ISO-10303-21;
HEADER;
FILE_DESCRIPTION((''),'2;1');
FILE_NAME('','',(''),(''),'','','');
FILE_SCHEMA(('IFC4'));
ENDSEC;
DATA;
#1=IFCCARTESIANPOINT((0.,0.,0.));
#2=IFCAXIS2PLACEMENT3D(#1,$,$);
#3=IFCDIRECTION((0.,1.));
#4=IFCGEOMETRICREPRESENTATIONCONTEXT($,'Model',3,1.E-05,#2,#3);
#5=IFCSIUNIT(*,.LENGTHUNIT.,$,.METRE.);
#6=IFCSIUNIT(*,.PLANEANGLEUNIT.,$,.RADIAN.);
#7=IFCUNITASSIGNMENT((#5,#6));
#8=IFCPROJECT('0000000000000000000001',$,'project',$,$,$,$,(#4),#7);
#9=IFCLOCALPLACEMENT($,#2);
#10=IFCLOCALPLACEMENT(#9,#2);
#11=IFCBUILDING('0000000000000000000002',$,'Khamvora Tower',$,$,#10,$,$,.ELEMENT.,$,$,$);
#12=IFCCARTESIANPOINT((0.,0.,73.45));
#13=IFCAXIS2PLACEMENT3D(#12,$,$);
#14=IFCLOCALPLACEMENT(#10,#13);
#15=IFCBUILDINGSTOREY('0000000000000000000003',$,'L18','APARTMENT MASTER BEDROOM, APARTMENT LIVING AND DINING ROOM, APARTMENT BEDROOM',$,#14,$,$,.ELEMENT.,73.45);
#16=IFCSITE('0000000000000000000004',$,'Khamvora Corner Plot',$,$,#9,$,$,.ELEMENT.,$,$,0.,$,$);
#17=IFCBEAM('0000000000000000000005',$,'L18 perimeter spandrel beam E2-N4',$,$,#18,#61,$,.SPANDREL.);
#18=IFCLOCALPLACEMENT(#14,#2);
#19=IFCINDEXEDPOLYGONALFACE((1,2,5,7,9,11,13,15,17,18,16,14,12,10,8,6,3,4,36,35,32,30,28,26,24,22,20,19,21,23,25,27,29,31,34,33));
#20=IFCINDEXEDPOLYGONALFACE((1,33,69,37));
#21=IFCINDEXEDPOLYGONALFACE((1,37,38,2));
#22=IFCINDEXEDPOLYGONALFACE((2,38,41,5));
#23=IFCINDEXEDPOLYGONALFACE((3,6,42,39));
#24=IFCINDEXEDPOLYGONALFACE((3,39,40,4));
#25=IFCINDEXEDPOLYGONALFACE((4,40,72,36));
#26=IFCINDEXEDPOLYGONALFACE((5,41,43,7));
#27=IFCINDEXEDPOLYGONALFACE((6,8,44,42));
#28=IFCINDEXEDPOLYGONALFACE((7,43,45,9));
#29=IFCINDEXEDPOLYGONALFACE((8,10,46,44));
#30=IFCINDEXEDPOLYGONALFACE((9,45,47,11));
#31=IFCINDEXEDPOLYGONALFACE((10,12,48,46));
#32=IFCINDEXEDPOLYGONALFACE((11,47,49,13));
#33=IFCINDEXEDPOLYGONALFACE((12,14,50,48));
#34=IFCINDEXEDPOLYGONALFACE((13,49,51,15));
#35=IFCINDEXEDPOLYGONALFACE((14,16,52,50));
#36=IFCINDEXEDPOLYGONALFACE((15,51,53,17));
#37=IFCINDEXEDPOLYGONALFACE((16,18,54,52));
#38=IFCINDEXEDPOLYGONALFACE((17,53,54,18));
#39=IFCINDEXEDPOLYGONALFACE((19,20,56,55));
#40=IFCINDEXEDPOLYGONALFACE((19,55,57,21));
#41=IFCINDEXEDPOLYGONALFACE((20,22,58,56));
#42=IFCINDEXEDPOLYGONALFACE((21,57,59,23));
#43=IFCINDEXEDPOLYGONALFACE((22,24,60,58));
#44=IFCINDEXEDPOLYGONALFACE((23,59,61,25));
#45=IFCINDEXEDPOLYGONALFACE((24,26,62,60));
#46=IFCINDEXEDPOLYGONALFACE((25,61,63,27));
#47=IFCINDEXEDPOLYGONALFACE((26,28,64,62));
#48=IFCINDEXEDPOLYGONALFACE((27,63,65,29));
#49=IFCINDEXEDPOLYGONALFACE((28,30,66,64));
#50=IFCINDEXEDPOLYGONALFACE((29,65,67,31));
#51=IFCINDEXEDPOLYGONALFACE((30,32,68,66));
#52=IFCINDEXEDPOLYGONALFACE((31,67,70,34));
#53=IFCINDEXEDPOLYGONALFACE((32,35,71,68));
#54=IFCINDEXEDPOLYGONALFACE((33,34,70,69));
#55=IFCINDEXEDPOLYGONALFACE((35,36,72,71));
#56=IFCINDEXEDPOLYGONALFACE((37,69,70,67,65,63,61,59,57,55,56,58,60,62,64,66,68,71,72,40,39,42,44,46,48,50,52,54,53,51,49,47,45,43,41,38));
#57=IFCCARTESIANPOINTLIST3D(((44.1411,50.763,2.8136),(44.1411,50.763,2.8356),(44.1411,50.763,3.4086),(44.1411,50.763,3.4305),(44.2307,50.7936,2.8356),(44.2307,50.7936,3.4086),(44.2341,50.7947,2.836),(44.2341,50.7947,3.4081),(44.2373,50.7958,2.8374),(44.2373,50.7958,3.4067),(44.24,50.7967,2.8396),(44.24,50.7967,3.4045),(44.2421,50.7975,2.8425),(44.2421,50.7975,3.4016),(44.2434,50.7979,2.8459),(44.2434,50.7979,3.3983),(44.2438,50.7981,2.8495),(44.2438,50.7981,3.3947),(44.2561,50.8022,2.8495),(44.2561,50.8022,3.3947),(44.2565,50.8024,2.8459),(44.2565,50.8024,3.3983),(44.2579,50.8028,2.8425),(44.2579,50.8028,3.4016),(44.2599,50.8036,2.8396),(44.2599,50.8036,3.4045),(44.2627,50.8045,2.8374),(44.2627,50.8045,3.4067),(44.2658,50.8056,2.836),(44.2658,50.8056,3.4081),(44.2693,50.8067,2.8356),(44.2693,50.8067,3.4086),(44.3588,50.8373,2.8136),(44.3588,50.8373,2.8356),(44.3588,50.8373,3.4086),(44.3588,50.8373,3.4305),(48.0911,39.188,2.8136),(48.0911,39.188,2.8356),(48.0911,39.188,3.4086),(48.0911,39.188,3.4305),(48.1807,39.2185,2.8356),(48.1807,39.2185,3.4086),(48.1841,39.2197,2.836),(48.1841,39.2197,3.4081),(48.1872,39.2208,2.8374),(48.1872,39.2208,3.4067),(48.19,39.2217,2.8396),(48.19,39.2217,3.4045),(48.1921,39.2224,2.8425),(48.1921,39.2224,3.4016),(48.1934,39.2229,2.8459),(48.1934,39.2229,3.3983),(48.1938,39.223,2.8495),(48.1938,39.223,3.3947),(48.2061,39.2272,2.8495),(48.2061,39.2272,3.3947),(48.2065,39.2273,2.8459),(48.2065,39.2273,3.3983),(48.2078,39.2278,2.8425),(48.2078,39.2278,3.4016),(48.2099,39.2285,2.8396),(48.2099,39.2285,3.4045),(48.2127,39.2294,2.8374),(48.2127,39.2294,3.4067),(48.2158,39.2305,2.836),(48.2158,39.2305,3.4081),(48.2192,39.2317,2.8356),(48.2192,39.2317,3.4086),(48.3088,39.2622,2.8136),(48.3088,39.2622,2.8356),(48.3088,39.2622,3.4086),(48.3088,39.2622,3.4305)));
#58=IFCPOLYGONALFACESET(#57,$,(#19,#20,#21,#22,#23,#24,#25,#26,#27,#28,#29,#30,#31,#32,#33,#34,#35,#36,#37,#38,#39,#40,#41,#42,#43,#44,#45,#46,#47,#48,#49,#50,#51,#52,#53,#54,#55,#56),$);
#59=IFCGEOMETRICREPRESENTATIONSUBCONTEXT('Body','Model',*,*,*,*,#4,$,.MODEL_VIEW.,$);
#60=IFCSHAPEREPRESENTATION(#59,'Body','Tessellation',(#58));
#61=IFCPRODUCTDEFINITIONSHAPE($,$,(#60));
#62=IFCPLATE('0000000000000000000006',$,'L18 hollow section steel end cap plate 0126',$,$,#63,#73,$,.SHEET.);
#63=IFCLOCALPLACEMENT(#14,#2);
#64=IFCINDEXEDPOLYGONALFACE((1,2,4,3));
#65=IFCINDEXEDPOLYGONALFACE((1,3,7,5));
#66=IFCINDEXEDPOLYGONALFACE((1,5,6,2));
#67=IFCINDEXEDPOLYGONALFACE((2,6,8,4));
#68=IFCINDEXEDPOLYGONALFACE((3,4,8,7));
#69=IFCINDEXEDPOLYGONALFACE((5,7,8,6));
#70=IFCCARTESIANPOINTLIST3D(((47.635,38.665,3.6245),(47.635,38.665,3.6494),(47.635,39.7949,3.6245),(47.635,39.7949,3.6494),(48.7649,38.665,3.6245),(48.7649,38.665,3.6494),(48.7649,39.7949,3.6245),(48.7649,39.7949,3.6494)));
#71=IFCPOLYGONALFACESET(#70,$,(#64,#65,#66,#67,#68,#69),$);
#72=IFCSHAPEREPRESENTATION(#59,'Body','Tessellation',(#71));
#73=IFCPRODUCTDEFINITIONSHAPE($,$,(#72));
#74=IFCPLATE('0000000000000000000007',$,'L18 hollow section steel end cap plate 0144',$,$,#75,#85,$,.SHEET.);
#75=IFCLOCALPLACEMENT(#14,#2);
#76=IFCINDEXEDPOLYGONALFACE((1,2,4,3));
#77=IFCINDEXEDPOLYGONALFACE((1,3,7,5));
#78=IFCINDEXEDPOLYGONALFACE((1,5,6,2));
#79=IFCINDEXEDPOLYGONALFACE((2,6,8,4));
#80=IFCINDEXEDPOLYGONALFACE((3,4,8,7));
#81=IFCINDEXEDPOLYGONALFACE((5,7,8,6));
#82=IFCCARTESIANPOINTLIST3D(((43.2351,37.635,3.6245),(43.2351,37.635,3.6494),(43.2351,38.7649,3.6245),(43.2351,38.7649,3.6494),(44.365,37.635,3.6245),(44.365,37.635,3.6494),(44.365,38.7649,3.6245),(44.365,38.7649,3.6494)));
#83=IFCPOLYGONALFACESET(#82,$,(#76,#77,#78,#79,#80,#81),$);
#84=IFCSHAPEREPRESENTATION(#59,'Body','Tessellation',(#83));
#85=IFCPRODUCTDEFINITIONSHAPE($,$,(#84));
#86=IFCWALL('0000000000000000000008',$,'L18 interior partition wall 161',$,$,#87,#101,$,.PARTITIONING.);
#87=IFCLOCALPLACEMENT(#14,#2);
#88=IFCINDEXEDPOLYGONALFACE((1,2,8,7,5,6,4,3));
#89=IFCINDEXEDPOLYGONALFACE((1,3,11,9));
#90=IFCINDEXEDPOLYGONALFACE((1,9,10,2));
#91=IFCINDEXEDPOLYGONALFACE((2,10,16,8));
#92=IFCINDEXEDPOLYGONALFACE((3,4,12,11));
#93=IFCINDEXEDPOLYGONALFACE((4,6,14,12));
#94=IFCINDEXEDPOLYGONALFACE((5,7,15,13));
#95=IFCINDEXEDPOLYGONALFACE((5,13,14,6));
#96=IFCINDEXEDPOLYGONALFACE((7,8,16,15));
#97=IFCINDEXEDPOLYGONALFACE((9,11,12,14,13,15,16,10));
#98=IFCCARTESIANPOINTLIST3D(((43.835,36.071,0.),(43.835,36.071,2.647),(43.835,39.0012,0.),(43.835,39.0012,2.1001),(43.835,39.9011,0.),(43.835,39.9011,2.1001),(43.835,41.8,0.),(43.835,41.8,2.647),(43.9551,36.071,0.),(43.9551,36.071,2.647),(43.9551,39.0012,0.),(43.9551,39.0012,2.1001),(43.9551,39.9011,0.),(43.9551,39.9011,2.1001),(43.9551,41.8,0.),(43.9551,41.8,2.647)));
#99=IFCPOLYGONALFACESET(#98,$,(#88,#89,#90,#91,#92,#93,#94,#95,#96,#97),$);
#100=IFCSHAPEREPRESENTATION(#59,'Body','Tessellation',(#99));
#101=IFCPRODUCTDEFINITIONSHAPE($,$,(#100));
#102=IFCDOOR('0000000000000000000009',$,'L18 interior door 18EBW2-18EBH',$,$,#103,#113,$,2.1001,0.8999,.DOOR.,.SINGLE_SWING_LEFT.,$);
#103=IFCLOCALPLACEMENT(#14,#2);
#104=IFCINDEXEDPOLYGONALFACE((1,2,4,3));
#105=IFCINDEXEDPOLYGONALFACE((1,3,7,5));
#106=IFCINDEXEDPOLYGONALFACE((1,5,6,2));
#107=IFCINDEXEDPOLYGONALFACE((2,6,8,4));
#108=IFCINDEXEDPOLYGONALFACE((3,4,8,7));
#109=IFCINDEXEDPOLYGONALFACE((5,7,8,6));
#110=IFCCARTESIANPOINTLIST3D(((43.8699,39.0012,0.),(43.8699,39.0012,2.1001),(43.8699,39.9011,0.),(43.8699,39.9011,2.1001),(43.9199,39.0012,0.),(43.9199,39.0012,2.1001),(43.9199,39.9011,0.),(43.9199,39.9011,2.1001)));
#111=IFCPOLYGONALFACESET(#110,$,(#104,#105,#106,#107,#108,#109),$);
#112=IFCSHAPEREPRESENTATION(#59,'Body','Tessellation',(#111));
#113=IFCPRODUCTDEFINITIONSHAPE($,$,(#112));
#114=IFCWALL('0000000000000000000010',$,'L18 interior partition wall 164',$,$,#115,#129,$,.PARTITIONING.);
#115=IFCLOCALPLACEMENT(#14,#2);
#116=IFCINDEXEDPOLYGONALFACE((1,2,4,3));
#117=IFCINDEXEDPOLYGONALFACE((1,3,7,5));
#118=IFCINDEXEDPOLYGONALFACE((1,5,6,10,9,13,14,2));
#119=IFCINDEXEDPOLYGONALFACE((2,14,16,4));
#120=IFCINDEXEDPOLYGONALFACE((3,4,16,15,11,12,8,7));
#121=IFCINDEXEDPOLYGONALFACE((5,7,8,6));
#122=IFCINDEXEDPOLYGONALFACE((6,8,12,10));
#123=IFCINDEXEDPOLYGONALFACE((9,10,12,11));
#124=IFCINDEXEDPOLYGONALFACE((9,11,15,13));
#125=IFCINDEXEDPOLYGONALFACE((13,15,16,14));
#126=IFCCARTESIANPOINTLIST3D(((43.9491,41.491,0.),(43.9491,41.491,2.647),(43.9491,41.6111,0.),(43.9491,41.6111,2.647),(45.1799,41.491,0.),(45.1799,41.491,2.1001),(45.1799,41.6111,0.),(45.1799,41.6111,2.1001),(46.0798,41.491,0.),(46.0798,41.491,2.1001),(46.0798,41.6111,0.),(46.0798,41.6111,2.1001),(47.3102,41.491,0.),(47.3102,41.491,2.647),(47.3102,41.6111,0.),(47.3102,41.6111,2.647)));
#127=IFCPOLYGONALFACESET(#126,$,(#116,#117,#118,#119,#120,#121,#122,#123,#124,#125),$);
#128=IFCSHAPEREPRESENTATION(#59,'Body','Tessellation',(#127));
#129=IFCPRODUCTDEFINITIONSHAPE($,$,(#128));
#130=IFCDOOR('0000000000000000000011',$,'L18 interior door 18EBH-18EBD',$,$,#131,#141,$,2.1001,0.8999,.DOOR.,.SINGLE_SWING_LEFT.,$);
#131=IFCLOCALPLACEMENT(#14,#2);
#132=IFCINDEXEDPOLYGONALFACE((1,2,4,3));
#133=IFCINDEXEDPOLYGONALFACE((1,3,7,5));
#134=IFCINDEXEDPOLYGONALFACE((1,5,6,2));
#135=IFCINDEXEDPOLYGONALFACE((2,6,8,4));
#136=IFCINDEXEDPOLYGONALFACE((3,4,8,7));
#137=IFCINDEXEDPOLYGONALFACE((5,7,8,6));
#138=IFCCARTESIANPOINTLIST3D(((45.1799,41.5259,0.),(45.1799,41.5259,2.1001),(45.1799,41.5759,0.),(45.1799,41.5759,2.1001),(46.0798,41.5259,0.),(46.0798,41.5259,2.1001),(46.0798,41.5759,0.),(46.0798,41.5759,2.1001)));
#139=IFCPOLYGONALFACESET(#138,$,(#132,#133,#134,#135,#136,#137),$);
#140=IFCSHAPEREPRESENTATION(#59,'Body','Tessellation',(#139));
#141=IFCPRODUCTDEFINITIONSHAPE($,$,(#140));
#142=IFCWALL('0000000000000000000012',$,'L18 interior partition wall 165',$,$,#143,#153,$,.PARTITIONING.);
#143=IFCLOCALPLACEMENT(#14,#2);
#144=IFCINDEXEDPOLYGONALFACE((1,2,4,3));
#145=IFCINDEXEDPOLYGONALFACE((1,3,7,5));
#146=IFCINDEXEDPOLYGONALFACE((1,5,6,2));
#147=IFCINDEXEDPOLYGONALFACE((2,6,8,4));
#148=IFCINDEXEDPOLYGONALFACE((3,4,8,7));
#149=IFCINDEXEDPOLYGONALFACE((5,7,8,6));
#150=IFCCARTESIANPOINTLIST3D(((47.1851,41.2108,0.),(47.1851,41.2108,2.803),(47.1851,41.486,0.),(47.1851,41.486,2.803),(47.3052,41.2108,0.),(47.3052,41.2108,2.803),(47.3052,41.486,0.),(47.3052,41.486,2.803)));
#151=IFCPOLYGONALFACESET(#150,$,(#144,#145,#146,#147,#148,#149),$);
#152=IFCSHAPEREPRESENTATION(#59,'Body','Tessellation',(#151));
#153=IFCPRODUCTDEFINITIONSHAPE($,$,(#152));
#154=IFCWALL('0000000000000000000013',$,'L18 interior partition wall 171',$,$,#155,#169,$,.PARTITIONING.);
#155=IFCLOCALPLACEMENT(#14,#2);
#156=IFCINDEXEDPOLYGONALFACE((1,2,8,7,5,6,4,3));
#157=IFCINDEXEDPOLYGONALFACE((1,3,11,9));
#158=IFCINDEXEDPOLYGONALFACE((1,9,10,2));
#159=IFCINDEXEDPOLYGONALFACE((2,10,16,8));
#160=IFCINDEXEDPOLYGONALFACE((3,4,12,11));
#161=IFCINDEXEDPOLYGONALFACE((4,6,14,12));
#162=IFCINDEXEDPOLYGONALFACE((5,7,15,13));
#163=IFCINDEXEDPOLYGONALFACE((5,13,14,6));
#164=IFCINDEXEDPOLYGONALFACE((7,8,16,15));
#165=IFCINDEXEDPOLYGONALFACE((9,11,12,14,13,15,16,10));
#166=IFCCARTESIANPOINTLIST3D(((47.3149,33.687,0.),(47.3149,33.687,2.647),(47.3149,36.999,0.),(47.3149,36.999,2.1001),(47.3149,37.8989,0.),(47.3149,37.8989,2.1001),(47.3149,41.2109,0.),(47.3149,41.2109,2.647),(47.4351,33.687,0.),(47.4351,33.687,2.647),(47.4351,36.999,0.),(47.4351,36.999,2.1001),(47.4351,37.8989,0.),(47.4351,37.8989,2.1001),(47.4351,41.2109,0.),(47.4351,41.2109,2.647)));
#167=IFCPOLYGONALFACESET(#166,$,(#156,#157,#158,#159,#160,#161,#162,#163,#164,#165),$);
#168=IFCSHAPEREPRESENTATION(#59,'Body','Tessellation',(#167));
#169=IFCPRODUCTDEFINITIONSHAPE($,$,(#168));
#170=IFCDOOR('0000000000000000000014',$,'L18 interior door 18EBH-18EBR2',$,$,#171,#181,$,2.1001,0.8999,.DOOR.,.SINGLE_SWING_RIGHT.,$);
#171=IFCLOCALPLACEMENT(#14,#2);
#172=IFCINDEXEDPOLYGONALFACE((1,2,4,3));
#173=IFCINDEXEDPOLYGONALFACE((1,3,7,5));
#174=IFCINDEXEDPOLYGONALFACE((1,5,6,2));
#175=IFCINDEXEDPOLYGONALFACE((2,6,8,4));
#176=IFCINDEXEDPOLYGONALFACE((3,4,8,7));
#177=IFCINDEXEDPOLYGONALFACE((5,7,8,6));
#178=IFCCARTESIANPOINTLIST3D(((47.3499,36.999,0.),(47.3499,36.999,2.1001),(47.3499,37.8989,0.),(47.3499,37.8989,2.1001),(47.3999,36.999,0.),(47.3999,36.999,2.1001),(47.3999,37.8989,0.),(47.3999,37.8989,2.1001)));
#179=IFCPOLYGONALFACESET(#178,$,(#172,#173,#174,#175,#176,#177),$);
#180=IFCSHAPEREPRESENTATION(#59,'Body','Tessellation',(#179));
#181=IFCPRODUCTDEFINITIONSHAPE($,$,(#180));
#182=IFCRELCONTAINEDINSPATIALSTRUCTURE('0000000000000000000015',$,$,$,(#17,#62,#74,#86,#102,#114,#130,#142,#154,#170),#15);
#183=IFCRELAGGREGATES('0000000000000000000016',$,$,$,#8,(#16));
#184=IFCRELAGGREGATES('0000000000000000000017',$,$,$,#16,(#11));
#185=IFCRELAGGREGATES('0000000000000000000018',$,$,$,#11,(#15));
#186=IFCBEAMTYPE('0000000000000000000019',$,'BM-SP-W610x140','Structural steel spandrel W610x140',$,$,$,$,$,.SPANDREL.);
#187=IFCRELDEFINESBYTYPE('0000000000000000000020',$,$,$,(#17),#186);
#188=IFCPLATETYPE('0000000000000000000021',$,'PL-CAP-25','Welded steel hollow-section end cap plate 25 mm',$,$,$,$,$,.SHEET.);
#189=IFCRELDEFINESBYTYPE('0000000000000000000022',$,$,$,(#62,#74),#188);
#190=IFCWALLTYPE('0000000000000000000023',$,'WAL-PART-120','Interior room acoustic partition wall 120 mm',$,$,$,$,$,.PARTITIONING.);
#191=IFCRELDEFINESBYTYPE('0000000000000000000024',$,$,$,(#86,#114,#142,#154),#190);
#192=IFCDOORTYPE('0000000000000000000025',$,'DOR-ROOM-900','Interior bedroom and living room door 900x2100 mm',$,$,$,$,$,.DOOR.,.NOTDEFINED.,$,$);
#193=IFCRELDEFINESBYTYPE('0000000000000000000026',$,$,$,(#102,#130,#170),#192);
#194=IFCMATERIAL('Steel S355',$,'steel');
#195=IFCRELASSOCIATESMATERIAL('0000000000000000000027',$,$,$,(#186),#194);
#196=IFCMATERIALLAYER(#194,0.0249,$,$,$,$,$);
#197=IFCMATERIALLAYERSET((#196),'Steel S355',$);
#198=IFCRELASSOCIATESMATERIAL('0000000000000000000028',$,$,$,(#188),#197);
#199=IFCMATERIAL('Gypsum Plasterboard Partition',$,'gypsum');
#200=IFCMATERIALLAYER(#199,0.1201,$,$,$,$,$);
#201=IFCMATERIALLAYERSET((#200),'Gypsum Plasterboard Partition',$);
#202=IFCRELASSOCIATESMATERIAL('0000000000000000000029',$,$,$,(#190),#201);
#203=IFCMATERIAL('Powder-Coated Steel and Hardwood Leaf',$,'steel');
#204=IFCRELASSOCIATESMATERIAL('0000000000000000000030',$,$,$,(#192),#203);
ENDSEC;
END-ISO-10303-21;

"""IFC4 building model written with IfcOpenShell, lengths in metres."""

from ifc_helpers import new_model, si_unit, direction, frame, frame_2d, origin, origin_2d, place, context, subcontext, project, spatial, rectangle, i_section, extrude, material, layer, layer_set, material_profile, profile_set, type_object, element, fill, save


model = new_model("IFC4")

# Units and contexts
model_context = context("Model", 3, precision=1e-05, world=origin(), true_north=direction((0.0, 1.0)))
body_context = subcontext(model_context, "Body", "Model", "MODEL_VIEW")
ifc_project = project(units=[si_unit("LENGTHUNIT", "METRE"), si_unit("PLANEANGLEUNIT", "RADIAN")], contexts=[model_context])

# Site, building, storey
site_placement = place(None, origin())
site = spatial("IfcSite", under=ifc_project, at=site_placement, Name="Khamvora Corner Plot", CompositionType="ELEMENT", RefElevation=0.0)
building_placement = place(site_placement, origin())
building = spatial("IfcBuilding", under=site, at=building_placement, Name="Khamvora Tower", CompositionType="ELEMENT")
storey_placement = place(building_placement, frame((0.0, 0.0, 73.45)))
storey = spatial("IfcBuildingStorey", under=building, at=storey_placement, Name="L18", Description="APARTMENT MASTER BEDROOM, APARTMENT LIVING AND DINING ROOM, APARTMENT BEDROOM", CompositionType="ELEMENT", Elevation=73.45)

# Beam
ifc_material_1 = material(Name="Steel S355", Category="steel")
ifc_material_profile_1 = material_profile(ifc_material_1, i_section(OverallWidth=0.23, OverallDepth=0.6169, WebThickness=0.0129, FlangeThickness=0.022, FilletRadius=0.0139, at=origin_2d()), Name="W610x140")
ifc_profile_set_1 = profile_set([ifc_material_profile_1], Name="Steel S355")
beam_type_1 = type_object("IfcBeamType", Name="BM-SP-W610x140", Description="Structural steel spandrel W610x140", PredefinedType="SPANDREL", material=ifc_profile_set_1)
beam_1_placement = place(storey_placement, frame((48.2, 39.2251, 3.1221), z_axis=(-0.322963, 0.946412, 0.0), x_axis=(-0.946412, -0.322963, 0.0)))
element("IfcBeam", 1, at=beam_1_placement, inside=storey, type_object=beam_type_1, Name="L18 perimeter spandrel beam E2-N4", PredefinedType="SPANDREL", context=body_context, shape_type="SweptSolid", body=[
    extrude(i_section(OverallWidth=0.23, OverallDepth=0.6169, WebThickness=0.0129, FlangeThickness=0.022, FilletRadius=0.0139, at=origin_2d()), origin(), (0.0, 0.0, 1.0), 12.2305),
])

# Plates
ifc_layer_1 = layer(ifc_material_1, 0.0249)
ifc_layer_set_1 = layer_set([ifc_layer_1], Name="Steel S355")
plate_type = type_object("IfcPlateType", Name="PL-CAP-25", Description="Welded steel hollow-section end cap plate 25 mm", PredefinedType="SHEET", material=ifc_layer_set_1)
for number, where, z_axis, x_axis, name in (
    (2, (48.2, 39.23, 3.6245), (0.0, 0.0, 1.0), (1.0, 0.0, 0.0), "L18 hollow section steel end cap plate 0126"),
    (3, (43.8, 38.2, 3.6245), (0.0, 0.0, 1.0), (1.0, 0.0, 0.0), "L18 hollow section steel end cap plate 0144"),
):
    element("IfcPlate", number, at=place(storey_placement, frame(where, z_axis=z_axis, x_axis=x_axis)), inside=storey, type_object=plate_type, Name=name, PredefinedType="SHEET", context=body_context, shape_type="SweptSolid", body=[
        extrude(rectangle(XDim=1.1299, YDim=1.1299, at=origin_2d()), origin(), (0.0, 0.0, 1.0), 0.0249),
    ])

# Walls, openings, doors
ifc_material_2 = material(Name="Gypsum Plasterboard Partition", Category="gypsum")
ifc_layer_2 = layer(ifc_material_2, 0.1201)
ifc_layer_set_2 = layer_set([ifc_layer_2], Name="Gypsum Plasterboard Partition")
wall_type = type_object("IfcWallType", Name="WAL-PART-120", Description="Interior room acoustic partition wall 120 mm", PredefinedType="PARTITIONING", material=ifc_layer_set_2)
wall_1_placement = place(storey_placement, frame((43.895, 41.8, 0.0), z_axis=(0.0, 0.0, 1.0), x_axis=(0.0, -1.0, 0.0)))
wall_1 = element("IfcWall", 4, at=wall_1_placement, inside=storey, type_object=wall_type, Name="L18 interior partition wall 161", PredefinedType="PARTITIONING", context=body_context, shape_type="SweptSolid", body=[
    extrude(rectangle(XDim=5.729, YDim=0.1201, at=frame_2d((2.8645, 0.0))), origin(), (0.0, 0.0, 1.0), 2.647),
])
opening_1_placement = place(wall_1_placement, frame((1.8989, 0.0, 0.0)))
opening_1 = element("IfcOpeningElement", 5, at=opening_1_placement, cuts=wall_1, PredefinedType="OPENING", context=body_context, shape_type="SweptSolid", body=[
    extrude(rectangle(XDim=0.8999, YDim=2.1001, at=frame_2d((0.45, 1.05))), frame((0.0, 0.0701, 0.0), z_axis=(0.0, -1.0, 0.0), x_axis=(1.0, 0.0, 0.0)), (0.0, 0.0, 1.0), 0.1401),
])
ifc_material_3 = material(Name="Powder-Coated Steel and Hardwood Leaf", Category="steel")
door_type = type_object("IfcDoorType", Name="DOR-ROOM-900", Description="Interior bedroom and living room door 900x2100 mm", OperationType="NOTDEFINED", PredefinedType="DOOR", material=ifc_material_3)
door_1_placement = place(opening_1_placement, origin())
door_1 = element("IfcDoor", 6, at=door_1_placement, inside=storey, type_object=door_type, Name="L18 interior door 18EBW2-18EBH", OperationType="SINGLE_SWING_LEFT", OverallHeight=2.1001, OverallWidth=0.8999, PredefinedType="DOOR", context=body_context, shape_type="SweptSolid", body=[
    extrude(rectangle(XDim=0.8999, YDim=2.1001, at=frame_2d((0.45, 1.05))), frame((0.0, 0.0249, 0.0), z_axis=(0.0, -1.0, 0.0), x_axis=(1.0, 0.0, 0.0)), (0.0, 0.0, 1.0), 0.05),
])
fill(opening_1, door_1)
wall_2_placement = place(storey_placement, frame((43.949, 41.551, 0.0), z_axis=(0.0, 0.0, 1.0), x_axis=(1.0, 0.0, 0.0)))
wall_2 = element("IfcWall", 7, at=wall_2_placement, inside=storey, type_object=wall_type, Name="L18 interior partition wall 164", PredefinedType="PARTITIONING", context=body_context, shape_type="SweptSolid", body=[
    extrude(rectangle(XDim=3.3611, YDim=0.1201, at=frame_2d((1.6807, 0.0))), origin(), (0.0, 0.0, 1.0), 2.647),
])
opening_2_placement = place(wall_2_placement, frame((1.231, 0.0, 0.0)))
opening_2 = element("IfcOpeningElement", 8, at=opening_2_placement, cuts=wall_2, PredefinedType="OPENING", context=body_context, shape_type="SweptSolid", body=[
    extrude(rectangle(XDim=0.8999, YDim=2.1001, at=frame_2d((0.45, 1.05))), frame((0.0, 0.0701, 0.0), z_axis=(0.0, -1.0, 0.0), x_axis=(1.0, 0.0, 0.0)), (0.0, 0.0, 1.0), 0.1401),
])
door_2_placement = place(opening_2_placement, origin())
door_2 = element("IfcDoor", 9, at=door_2_placement, inside=storey, type_object=door_type, Name="L18 interior door 18EBH-18EBD", OperationType="SINGLE_SWING_LEFT", OverallHeight=2.1001, OverallWidth=0.8999, PredefinedType="DOOR", context=body_context, shape_type="SweptSolid", body=[
    extrude(rectangle(XDim=0.8999, YDim=2.1001, at=frame_2d((0.45, 1.05))), frame((0.0, 0.0249, 0.0), z_axis=(0.0, -1.0, 0.0), x_axis=(1.0, 0.0, 0.0)), (0.0, 0.0, 1.0), 0.05),
])
fill(opening_2, door_2)

# Wall
wall_3_placement = place(storey_placement, frame((47.2451, 41.4861, 0.0), z_axis=(0.0, 0.0, 1.0), x_axis=(0.0, -1.0, 0.0)))
element("IfcWall", 10, at=wall_3_placement, inside=storey, type_object=wall_type, Name="L18 interior partition wall 165", PredefinedType="PARTITIONING", context=body_context, shape_type="SweptSolid", body=[
    extrude(rectangle(XDim=0.2751, YDim=0.1201, at=frame_2d((0.1377, 0.0))), origin(), (0.0, 0.0, 1.0), 2.803),
])

# Wall, opening, door
wall_4_placement = place(storey_placement, frame((47.375, 41.2109, 0.0), z_axis=(0.0, 0.0, 1.0), x_axis=(0.0, -1.0, 0.0)))
wall_4 = element("IfcWall", 11, at=wall_4_placement, inside=storey, type_object=wall_type, Name="L18 interior partition wall 171", PredefinedType="PARTITIONING", context=body_context, shape_type="SweptSolid", body=[
    extrude(rectangle(XDim=7.5239, YDim=0.1201, at=frame_2d((3.762, 0.0))), origin(), (0.0, 0.0, 1.0), 2.647),
])
opening_3_placement = place(wall_4_placement, frame((3.312, 0.0, 0.0)))
opening_3 = element("IfcOpeningElement", 12, at=opening_3_placement, cuts=wall_4, PredefinedType="OPENING", context=body_context, shape_type="SweptSolid", body=[
    extrude(rectangle(XDim=0.8999, YDim=2.1001, at=frame_2d((0.45, 1.05))), frame((0.0, 0.0701, 0.0), z_axis=(0.0, -1.0, 0.0), x_axis=(1.0, 0.0, 0.0)), (0.0, 0.0, 1.0), 0.1401),
])
door_3_placement = place(opening_3_placement, origin())
door_3 = element("IfcDoor", 13, at=door_3_placement, inside=storey, type_object=door_type, Name="L18 interior door 18EBH-18EBR2", OperationType="SINGLE_SWING_RIGHT", OverallHeight=2.1001, OverallWidth=0.8999, PredefinedType="DOOR", context=body_context, shape_type="SweptSolid", body=[
    extrude(rectangle(XDim=0.8999, YDim=2.1001, at=frame_2d((0.45, 1.05))), frame((0.0, 0.0249, 0.0), z_axis=(0.0, -1.0, 0.0), x_axis=(1.0, 0.0, 0.0)), (0.0, 0.0, 1.0), 0.05),
])
fill(opening_3, door_3)

save(model, "model.ifc")
